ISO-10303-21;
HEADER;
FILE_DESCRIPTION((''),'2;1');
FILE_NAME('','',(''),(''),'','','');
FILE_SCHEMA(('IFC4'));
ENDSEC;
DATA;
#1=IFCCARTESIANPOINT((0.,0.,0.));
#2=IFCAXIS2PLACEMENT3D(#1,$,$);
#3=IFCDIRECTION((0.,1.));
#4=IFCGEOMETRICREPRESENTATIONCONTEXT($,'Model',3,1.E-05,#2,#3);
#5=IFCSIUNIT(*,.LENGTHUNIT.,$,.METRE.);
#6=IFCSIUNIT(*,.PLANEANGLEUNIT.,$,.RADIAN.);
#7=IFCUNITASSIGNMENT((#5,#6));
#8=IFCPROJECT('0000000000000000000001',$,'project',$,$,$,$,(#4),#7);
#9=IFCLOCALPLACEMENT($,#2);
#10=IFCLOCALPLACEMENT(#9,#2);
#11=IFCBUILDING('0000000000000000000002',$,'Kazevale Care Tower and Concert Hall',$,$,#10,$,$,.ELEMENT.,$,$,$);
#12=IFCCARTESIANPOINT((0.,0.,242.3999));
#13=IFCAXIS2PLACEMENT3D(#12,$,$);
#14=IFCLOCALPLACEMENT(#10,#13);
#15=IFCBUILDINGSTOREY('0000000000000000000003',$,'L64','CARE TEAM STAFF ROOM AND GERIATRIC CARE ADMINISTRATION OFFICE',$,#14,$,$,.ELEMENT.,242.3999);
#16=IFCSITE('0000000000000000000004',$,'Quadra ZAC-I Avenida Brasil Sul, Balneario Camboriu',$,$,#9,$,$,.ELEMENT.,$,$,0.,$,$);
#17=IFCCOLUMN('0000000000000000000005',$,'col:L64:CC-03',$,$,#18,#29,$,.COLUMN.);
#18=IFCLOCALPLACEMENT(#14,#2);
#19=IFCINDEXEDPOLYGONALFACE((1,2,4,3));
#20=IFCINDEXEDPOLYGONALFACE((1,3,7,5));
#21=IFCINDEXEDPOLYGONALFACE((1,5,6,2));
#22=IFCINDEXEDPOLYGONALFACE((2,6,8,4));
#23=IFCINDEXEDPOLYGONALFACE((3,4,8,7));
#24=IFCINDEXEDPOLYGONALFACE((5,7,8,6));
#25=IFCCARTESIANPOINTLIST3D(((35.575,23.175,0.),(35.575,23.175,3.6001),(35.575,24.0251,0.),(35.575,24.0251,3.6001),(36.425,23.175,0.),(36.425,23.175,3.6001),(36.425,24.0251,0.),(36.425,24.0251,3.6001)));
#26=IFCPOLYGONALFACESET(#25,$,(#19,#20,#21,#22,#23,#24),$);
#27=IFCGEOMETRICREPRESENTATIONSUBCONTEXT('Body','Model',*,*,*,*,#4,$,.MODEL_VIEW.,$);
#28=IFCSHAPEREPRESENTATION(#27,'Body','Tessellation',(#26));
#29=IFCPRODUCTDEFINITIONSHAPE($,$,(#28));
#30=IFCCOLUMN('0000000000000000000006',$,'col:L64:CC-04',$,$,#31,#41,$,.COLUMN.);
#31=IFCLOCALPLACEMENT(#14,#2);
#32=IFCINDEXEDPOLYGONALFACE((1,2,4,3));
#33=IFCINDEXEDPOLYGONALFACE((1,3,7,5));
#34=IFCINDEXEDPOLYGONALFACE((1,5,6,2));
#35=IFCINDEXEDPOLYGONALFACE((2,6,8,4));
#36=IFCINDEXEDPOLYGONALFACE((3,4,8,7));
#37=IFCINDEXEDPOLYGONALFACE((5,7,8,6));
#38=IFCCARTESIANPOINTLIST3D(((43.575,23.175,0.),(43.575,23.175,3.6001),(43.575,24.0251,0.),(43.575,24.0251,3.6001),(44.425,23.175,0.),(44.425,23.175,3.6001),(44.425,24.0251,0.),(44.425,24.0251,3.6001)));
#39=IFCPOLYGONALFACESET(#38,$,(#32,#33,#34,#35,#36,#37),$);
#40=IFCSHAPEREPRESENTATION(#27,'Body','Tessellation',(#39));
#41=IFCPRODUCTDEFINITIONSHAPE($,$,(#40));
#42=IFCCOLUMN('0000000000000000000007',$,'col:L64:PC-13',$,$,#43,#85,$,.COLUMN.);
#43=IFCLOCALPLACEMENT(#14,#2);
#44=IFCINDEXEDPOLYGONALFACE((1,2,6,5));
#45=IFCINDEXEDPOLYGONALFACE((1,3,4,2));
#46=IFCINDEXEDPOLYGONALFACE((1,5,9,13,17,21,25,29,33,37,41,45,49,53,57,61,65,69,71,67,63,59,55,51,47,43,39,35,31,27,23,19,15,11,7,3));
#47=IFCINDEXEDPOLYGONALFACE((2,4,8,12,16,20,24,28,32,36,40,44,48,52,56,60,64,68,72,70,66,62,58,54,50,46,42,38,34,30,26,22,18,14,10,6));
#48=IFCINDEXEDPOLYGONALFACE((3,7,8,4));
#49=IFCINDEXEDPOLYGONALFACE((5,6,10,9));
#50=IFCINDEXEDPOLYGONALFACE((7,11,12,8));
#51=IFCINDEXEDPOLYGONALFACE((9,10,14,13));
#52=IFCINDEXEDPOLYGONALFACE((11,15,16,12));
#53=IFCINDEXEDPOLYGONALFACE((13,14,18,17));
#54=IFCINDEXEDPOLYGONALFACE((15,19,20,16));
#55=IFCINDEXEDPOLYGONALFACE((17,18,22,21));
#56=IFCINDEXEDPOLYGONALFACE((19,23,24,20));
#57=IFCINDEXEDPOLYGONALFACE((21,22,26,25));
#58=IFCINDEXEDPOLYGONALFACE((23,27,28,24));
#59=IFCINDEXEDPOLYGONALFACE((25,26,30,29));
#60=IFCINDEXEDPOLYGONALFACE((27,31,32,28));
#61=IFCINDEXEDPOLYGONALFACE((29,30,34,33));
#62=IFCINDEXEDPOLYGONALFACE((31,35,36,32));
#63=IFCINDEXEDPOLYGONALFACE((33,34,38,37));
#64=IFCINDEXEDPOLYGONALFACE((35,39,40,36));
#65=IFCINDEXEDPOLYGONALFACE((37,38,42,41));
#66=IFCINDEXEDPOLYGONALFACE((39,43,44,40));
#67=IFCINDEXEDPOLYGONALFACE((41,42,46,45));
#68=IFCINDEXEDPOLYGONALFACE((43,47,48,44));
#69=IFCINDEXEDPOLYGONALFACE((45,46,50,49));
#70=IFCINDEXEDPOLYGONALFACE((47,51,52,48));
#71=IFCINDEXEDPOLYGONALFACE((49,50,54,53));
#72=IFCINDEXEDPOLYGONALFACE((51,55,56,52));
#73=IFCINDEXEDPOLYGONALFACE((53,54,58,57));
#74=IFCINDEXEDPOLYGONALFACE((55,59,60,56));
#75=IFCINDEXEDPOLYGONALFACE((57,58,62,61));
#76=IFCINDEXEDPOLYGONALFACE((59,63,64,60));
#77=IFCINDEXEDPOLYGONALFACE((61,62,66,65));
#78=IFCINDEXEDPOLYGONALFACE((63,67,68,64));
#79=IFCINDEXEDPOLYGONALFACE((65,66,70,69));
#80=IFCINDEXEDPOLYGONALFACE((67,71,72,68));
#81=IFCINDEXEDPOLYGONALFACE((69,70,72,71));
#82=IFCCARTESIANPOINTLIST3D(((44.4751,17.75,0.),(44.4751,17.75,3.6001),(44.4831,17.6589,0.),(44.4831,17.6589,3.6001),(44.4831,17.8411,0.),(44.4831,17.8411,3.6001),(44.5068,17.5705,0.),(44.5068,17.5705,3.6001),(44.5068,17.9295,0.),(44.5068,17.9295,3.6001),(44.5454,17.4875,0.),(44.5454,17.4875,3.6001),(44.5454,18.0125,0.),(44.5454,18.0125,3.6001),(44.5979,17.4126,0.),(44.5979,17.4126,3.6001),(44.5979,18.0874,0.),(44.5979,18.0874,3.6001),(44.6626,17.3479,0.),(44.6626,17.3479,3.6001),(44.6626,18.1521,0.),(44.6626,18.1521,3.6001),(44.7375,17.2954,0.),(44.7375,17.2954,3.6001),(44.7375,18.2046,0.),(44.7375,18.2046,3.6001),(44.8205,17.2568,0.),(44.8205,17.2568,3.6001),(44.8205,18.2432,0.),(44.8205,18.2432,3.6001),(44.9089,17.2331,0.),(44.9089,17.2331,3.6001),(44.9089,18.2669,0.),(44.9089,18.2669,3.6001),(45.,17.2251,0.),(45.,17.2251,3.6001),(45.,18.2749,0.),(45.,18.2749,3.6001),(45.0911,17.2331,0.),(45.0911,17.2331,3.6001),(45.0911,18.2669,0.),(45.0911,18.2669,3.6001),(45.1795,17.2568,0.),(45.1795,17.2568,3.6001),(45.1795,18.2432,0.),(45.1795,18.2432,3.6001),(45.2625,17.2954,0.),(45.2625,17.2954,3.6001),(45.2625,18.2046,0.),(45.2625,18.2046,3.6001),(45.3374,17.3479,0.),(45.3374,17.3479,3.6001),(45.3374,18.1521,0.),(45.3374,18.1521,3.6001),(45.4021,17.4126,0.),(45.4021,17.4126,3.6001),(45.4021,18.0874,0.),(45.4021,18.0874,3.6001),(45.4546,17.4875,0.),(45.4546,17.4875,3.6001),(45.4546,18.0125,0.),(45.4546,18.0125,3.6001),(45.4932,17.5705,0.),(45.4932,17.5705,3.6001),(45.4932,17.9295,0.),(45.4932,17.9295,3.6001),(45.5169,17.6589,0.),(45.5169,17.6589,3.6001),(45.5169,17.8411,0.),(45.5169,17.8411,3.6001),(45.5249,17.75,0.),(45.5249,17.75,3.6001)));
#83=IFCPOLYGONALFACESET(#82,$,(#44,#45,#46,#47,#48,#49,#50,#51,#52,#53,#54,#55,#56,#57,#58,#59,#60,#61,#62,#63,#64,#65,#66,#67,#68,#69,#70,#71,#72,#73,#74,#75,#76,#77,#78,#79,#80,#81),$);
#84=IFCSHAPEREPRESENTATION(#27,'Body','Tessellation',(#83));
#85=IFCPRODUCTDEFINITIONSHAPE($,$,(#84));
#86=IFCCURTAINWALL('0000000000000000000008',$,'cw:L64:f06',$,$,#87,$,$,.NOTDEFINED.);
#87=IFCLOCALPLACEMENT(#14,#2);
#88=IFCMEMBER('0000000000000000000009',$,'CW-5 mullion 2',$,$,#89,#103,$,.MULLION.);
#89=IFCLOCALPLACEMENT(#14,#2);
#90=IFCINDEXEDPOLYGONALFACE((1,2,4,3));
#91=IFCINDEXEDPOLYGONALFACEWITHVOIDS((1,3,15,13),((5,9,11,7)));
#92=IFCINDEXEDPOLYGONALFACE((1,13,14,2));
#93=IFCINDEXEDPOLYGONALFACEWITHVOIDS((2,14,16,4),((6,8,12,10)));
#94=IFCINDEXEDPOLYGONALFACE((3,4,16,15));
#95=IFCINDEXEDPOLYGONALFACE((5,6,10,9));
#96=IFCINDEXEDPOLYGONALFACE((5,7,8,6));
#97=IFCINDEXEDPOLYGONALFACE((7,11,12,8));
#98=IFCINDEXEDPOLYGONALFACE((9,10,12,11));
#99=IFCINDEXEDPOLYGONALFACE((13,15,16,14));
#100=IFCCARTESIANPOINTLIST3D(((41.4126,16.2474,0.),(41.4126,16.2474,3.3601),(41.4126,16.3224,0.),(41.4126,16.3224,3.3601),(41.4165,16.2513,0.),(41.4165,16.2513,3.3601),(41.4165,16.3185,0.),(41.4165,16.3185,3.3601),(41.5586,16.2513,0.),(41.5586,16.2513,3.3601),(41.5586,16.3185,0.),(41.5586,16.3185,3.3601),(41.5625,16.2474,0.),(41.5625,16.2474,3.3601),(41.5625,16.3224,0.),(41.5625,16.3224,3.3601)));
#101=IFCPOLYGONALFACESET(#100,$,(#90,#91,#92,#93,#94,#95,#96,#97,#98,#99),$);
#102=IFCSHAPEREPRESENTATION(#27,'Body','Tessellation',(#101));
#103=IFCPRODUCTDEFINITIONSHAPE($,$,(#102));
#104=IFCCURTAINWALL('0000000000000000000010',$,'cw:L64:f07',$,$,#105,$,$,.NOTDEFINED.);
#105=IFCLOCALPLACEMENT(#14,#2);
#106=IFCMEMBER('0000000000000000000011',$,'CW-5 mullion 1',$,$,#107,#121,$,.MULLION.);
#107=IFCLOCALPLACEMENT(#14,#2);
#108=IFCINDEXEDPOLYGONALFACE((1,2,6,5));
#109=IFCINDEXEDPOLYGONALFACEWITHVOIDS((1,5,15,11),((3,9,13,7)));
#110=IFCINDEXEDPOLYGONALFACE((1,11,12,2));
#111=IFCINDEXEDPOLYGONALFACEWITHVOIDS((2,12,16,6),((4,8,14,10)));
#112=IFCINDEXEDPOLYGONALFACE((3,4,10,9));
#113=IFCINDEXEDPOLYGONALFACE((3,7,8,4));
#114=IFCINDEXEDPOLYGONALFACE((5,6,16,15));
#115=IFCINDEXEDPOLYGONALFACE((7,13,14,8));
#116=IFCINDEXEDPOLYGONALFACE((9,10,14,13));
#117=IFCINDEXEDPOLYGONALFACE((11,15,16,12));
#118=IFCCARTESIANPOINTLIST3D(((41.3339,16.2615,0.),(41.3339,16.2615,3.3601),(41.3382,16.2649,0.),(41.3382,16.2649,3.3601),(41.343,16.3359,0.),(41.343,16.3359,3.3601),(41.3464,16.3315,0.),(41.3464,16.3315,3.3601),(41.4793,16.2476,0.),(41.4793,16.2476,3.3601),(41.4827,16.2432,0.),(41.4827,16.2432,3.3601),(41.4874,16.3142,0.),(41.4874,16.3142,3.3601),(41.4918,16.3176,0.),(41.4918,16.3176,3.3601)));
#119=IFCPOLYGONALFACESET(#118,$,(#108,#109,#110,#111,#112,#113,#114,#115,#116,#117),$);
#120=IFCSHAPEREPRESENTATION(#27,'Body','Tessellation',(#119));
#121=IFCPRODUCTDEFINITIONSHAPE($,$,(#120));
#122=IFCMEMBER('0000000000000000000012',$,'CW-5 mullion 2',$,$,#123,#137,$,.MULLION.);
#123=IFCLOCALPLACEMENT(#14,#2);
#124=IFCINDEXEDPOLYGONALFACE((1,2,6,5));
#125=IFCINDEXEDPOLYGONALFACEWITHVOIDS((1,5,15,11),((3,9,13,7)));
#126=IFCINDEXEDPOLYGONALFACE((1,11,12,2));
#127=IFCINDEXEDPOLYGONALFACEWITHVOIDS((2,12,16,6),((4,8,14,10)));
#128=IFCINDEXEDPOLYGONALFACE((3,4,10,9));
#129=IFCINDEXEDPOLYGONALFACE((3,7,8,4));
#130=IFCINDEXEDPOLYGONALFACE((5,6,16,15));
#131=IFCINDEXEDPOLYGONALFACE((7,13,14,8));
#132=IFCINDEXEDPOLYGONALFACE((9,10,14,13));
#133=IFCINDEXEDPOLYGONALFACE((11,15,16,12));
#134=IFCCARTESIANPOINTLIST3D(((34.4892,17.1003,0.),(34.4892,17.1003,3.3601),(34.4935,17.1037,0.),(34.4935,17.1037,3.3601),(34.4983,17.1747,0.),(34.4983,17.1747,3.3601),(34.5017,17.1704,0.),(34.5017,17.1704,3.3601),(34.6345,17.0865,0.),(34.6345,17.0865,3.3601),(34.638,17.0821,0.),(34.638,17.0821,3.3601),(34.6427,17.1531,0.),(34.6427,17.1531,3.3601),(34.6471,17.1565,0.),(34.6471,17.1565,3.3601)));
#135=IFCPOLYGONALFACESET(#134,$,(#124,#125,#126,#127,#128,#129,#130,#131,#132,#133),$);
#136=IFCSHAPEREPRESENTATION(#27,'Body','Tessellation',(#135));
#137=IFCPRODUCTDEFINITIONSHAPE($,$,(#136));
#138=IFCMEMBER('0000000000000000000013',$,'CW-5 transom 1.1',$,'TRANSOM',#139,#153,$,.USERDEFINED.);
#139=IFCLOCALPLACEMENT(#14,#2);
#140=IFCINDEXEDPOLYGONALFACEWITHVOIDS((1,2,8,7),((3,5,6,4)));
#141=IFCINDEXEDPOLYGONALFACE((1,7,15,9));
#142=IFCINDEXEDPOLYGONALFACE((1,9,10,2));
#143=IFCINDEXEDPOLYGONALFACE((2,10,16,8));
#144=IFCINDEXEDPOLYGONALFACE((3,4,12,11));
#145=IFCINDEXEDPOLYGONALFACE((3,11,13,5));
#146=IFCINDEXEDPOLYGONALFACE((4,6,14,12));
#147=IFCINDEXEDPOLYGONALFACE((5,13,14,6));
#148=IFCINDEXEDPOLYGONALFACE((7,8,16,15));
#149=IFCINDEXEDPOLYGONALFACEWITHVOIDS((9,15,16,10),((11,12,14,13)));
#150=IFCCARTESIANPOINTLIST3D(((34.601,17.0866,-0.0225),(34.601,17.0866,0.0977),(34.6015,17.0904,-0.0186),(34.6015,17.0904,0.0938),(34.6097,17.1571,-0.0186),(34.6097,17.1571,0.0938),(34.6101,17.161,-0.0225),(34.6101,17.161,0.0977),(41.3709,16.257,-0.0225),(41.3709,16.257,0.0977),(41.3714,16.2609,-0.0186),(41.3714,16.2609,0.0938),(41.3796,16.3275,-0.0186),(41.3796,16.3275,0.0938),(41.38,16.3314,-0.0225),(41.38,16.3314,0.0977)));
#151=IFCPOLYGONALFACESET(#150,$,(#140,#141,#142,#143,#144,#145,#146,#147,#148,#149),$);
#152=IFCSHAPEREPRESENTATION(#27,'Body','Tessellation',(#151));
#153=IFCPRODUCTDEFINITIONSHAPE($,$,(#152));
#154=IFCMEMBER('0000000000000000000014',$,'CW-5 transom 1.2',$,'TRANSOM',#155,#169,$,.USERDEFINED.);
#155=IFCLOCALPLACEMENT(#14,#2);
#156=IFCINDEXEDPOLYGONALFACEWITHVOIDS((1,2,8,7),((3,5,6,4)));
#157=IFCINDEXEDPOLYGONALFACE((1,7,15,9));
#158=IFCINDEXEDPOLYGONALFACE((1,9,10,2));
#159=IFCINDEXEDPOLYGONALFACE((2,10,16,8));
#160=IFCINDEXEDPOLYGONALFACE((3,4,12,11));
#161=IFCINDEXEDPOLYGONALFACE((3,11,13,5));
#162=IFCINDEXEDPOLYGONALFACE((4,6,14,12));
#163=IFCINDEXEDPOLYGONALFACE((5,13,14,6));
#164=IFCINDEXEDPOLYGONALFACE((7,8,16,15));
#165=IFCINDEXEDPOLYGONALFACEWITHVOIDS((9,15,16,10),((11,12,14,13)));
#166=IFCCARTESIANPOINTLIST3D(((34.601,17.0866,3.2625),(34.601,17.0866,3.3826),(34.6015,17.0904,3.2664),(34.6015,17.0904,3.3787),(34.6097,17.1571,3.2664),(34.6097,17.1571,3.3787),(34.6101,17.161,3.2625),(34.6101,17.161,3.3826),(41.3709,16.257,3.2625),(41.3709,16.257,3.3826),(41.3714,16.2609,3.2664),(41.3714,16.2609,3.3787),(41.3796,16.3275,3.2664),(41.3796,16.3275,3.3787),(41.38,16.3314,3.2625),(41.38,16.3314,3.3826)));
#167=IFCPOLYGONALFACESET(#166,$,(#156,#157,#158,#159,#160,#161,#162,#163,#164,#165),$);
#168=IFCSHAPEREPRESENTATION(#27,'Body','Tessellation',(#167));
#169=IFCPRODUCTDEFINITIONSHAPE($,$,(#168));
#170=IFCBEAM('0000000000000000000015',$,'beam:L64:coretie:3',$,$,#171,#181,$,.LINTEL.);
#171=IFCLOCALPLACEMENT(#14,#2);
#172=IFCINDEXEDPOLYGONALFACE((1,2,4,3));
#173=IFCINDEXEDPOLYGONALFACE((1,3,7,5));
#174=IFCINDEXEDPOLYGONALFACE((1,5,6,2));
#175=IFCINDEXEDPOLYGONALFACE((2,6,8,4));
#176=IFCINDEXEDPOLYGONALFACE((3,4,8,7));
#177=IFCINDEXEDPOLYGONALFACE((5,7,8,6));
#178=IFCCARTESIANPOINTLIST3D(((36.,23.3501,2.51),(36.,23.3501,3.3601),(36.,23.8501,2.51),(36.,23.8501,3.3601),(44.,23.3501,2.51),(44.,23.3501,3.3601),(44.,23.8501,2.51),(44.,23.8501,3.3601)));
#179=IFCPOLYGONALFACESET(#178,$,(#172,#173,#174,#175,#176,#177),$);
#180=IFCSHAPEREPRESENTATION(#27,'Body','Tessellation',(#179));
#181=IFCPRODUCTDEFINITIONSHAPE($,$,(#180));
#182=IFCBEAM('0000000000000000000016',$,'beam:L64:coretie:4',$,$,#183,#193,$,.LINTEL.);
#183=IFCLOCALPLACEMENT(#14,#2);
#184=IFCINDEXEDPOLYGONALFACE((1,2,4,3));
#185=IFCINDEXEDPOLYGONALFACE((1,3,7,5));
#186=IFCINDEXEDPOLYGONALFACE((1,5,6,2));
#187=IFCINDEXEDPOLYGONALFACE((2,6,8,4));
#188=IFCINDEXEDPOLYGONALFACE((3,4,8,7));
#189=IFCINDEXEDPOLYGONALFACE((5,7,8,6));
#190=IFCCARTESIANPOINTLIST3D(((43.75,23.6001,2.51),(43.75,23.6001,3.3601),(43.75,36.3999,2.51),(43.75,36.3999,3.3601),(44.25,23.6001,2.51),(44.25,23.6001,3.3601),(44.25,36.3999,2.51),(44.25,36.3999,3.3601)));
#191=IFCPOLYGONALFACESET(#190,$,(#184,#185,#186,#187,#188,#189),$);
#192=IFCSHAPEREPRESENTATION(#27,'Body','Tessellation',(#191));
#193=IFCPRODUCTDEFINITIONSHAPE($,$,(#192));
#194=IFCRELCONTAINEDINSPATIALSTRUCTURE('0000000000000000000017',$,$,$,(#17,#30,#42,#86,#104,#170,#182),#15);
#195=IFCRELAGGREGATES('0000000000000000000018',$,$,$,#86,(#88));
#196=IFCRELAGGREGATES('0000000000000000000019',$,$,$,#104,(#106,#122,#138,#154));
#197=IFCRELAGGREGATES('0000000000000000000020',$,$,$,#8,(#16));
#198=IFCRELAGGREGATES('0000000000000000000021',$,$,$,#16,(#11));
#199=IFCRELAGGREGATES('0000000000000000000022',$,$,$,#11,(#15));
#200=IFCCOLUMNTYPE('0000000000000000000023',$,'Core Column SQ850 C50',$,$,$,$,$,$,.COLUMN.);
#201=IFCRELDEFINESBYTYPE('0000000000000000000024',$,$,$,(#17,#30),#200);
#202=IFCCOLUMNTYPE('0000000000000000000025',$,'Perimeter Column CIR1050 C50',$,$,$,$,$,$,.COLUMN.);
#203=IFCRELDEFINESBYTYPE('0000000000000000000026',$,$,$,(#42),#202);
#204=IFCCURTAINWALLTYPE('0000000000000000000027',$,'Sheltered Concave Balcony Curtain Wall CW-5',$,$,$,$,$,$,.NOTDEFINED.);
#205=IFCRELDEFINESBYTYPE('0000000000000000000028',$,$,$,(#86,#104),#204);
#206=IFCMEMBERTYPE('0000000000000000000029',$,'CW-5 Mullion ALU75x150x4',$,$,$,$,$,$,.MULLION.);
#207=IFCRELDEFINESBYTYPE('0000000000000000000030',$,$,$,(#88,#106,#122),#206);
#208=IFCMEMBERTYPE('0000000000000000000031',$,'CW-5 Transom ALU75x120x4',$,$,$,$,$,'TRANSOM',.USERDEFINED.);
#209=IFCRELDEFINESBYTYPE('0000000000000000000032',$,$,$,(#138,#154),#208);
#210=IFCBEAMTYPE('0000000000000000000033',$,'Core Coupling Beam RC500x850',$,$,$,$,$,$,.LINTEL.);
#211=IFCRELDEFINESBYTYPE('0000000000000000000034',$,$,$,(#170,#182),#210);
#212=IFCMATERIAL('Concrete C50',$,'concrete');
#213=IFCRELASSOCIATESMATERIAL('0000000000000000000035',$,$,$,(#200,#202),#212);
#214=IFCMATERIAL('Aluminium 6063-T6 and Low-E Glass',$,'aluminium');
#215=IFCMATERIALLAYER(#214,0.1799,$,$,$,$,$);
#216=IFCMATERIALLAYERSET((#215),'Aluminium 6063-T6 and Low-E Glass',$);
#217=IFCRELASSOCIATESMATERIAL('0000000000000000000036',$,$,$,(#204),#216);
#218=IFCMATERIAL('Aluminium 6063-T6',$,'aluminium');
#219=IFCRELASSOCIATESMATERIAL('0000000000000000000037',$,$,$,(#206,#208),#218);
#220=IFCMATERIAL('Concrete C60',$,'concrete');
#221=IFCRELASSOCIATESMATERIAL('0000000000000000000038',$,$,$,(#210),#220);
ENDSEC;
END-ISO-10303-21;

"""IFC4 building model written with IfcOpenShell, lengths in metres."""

from ifc_helpers import new_model, si_unit, direction, frame, origin, origin_2d, place, context, subcontext, project, spatial, rectangle, hollow_rectangle, circle, extrude, material, layer, layer_set, material_profile, profile_set, type_object, element, aggregate, save


model = new_model("IFC4")

# Units and contexts
model_context = context("Model", 3, precision=1e-05, world=origin(), true_north=direction((0.0, 1.0)))
body_context = subcontext(model_context, "Body", "Model", "MODEL_VIEW")
ifc_project = project(units=[si_unit("LENGTHUNIT", "METRE"), si_unit("PLANEANGLEUNIT", "RADIAN")], contexts=[model_context])

# Site, building, storey
site_placement = place(None, origin())
site = spatial("IfcSite", under=ifc_project, at=site_placement, Name="Quadra ZAC-I Avenida Brasil Sul, Balneario Camboriu", CompositionType="ELEMENT", RefElevation=0.0)
building_placement = place(site_placement, origin())
building = spatial("IfcBuilding", under=site, at=building_placement, Name="Kazevale Care Tower and Concert Hall", CompositionType="ELEMENT")
storey_placement = place(building_placement, frame((0.0, 0.0, 242.3999)))
storey = spatial("IfcBuildingStorey", under=building, at=storey_placement, Name="L64", Description="CARE TEAM STAFF ROOM AND GERIATRIC CARE ADMINISTRATION OFFICE", CompositionType="ELEMENT", Elevation=242.3999)

# Columns
ifc_material_1 = material(Name="Concrete C50", Category="concrete")
ifc_material_profile_1 = material_profile(ifc_material_1, rectangle(XDim=0.8501, YDim=0.8501, at=origin_2d()), Name="RC-SQ850")
ifc_profile_set_1 = profile_set([ifc_material_profile_1], Name="Concrete C50")
column_type_1 = type_object("IfcColumnType", Name="Core Column SQ850 C50", PredefinedType="COLUMN", material=ifc_profile_set_1)
for number, where, z_axis, x_axis, name in (
    (1, (36.0, 23.6001, 0.0), (0.0, 0.0, 1.0), (1.0, 0.0, 0.0), "col:L64:CC-03"),
    (2, (44.0, 23.6001, 0.0), (0.0, 0.0, 1.0), (1.0, 0.0, 0.0), "col:L64:CC-04"),
):
    element("IfcColumn", number, at=place(storey_placement, frame(where, z_axis=z_axis, x_axis=x_axis)), inside=storey, type_object=column_type_1, Name=name, PredefinedType="COLUMN", context=body_context, shape_type="SweptSolid", body=[
        extrude(rectangle(XDim=0.8501, YDim=0.8501, at=origin_2d()), origin(), (0.0, 0.0, 1.0), 3.6001),
    ])
ifc_material_profile_2 = material_profile(ifc_material_1, circle(Radius=0.5249, at=origin_2d()), Name="RC-CIR1050")
ifc_profile_set_2 = profile_set([ifc_material_profile_2], Name="Concrete C50")
column_type_2 = type_object("IfcColumnType", Name="Perimeter Column CIR1050 C50", PredefinedType="COLUMN", material=ifc_profile_set_2)
column_placement = place(storey_placement, frame((45.0, 17.75, 0.0), z_axis=(0.0, 0.0, 1.0), x_axis=(1.0, 0.0, 0.0)))
element("IfcColumn", 3, at=column_placement, inside=storey, type_object=column_type_2, Name="col:L64:PC-13", PredefinedType="COLUMN", context=body_context, shape_type="SweptSolid", body=[
    extrude(circle(Radius=0.5249, at=origin_2d()), origin(), (0.0, 0.0, 1.0), 3.6001),
])

# Curtain wall, member
ifc_material_2 = material(Name="Aluminium 6063-T6 and Low-E Glass", Category="aluminium")
ifc_layer_1 = layer(ifc_material_2, 0.1799)
ifc_layer_set_1 = layer_set([ifc_layer_1], Name="Aluminium 6063-T6 and Low-E Glass")
curtain_wall_type = type_object("IfcCurtainWallType", Name="Sheltered Concave Balcony Curtain Wall CW-5", PredefinedType="NOTDEFINED", material=ifc_layer_set_1)
curtain_wall_1_placement = place(storey_placement, origin())
curtain_wall_1 = element("IfcCurtainWall", 4, at=curtain_wall_1_placement, inside=storey, type_object=curtain_wall_type, Name="cw:L64:f06", PredefinedType="NOTDEFINED")
ifc_material_3 = material(Name="Aluminium 6063-T6", Category="aluminium")
ifc_material_profile_3 = material_profile(ifc_material_3, hollow_rectangle(XDim=0.075, YDim=0.1499, WallThickness=0.0039, at=origin_2d()), Name="ALU75x150x4")
ifc_profile_set_3 = profile_set([ifc_material_profile_3], Name="Aluminium 6063-T6")
member_type_1 = type_object("IfcMemberType", Name="CW-5 Mullion ALU75x150x4", PredefinedType="MULLION", material=ifc_profile_set_3)
member_1_placement = place(storey_placement, frame((41.4875, 16.2849, 0.0), z_axis=(0.0, 0.0, 1.0), x_axis=(0.0, -1.0, 0.0)))
member_1 = element("IfcMember", 5, at=member_1_placement, type_object=member_type_1, Name="CW-5 mullion 2", PredefinedType="MULLION", context=body_context, shape_type="SweptSolid", body=[
    extrude(hollow_rectangle(XDim=0.075, YDim=0.1499, WallThickness=0.0039, at=origin_2d()), origin(), (0.0, 0.0, 1.0), 3.3601),
])

# Curtain wall, members
curtain_wall_2_placement = place(storey_placement, origin())
curtain_wall_2 = element("IfcCurtainWall", 6, at=curtain_wall_2_placement, inside=storey, type_object=curtain_wall_type, Name="cw:L64:f07", PredefinedType="NOTDEFINED")
member_2_placement = place(storey_placement, frame((41.4128, 16.2896, 0.0), z_axis=(0.0, 0.0, 1.0), x_axis=(-0.121651, -0.992573, 0.0)))
member_2 = element("IfcMember", 7, at=member_2_placement, type_object=member_type_1, Name="CW-5 mullion 1", PredefinedType="MULLION", context=body_context, shape_type="SweptSolid", body=[
    extrude(hollow_rectangle(XDim=0.075, YDim=0.1499, WallThickness=0.0039, at=origin_2d()), origin(), (0.0, 0.0, 1.0), 3.3601),
])
member_3_placement = place(storey_placement, frame((34.5681, 17.1284, 0.0), z_axis=(0.0, 0.0, 1.0), x_axis=(-0.121651, -0.992573, 0.0)))
member_3 = element("IfcMember", 8, at=member_3_placement, type_object=member_type_1, Name="CW-5 mullion 2", PredefinedType="MULLION", context=body_context, shape_type="SweptSolid", body=[
    extrude(hollow_rectangle(XDim=0.075, YDim=0.1499, WallThickness=0.0039, at=origin_2d()), origin(), (0.0, 0.0, 1.0), 3.3601),
])
ifc_material_profile_4 = material_profile(ifc_material_3, hollow_rectangle(XDim=0.075, YDim=0.1201, WallThickness=0.0039, at=origin_2d()), Name="ALU75x120x4")
ifc_profile_set_4 = profile_set([ifc_material_profile_4], Name="Aluminium 6063-T6")
member_type_2 = type_object("IfcMemberType", Name="CW-5 Transom ALU75x120x4", ElementType="TRANSOM", PredefinedType="USERDEFINED", material=ifc_profile_set_4)
member_4_placement = place(storey_placement, frame((41.3755, 16.2942, 0.0376), z_axis=(-0.992576, 0.121629, 0.0), x_axis=(-0.121629, -0.992576, 0.0)))
member_4 = element("IfcMember", 9, at=member_4_placement, type_object=member_type_2, Name="CW-5 transom 1.1", ObjectType="TRANSOM", PredefinedType="USERDEFINED", context=body_context, shape_type="SweptSolid", body=[
    extrude(hollow_rectangle(XDim=0.075, YDim=0.1201, WallThickness=0.0039, at=origin_2d()), origin(), (0.0, 0.0, 1.0), 6.8206),
])
member_5_placement = place(storey_placement, frame((41.3755, 16.2942, 3.3225), z_axis=(-0.992576, 0.121629, 0.0), x_axis=(-0.121629, -0.992576, 0.0)))
member_5 = element("IfcMember", 10, at=member_5_placement, type_object=member_type_2, Name="CW-5 transom 1.2", ObjectType="TRANSOM", PredefinedType="USERDEFINED", context=body_context, shape_type="SweptSolid", body=[
    extrude(hollow_rectangle(XDim=0.075, YDim=0.1201, WallThickness=0.0039, at=origin_2d()), origin(), (0.0, 0.0, 1.0), 6.8206),
])

# Beams
ifc_material_4 = material(Name="Concrete C60", Category="concrete")
ifc_material_profile_5 = material_profile(ifc_material_4, rectangle(XDim=0.5, YDim=0.8501, at=origin_2d()), Name="RC-B500x850")
ifc_profile_set_5 = profile_set([ifc_material_profile_5], Name="Concrete C60")
beam_type_1 = type_object("IfcBeamType", Name="Core Coupling Beam RC500x850", PredefinedType="LINTEL", material=ifc_profile_set_5)
beam_1_placement = place(storey_placement, frame((36.0, 23.6001, 2.9351), z_axis=(1.0, 0.0, 0.0), x_axis=(0.0, 1.0, 0.0)))
element("IfcBeam", 11, at=beam_1_placement, inside=storey, type_object=beam_type_1, Name="beam:L64:coretie:3", PredefinedType="LINTEL", context=body_context, shape_type="SweptSolid", body=[
    extrude(rectangle(XDim=0.5, YDim=0.8501, at=origin_2d()), origin(), (0.0, 0.0, 1.0), 8.0),
])
beam_2_placement = place(storey_placement, frame((44.0, 23.6001, 2.9351), z_axis=(0.0, 1.0, 0.0), x_axis=(-1.0, 0.0, 0.0)))
element("IfcBeam", 12, at=beam_2_placement, inside=storey, type_object=beam_type_1, Name="beam:L64:coretie:4", PredefinedType="LINTEL", context=body_context, shape_type="SweptSolid", body=[
    extrude(rectangle(XDim=0.5, YDim=0.8501, at=origin_2d()), origin(), (0.0, 0.0, 1.0), 12.7998),
])

aggregate(curtain_wall_1, [member_1])
aggregate(curtain_wall_2, [member_2, member_3, member_4, member_5])

save(model, "model.ifc")
